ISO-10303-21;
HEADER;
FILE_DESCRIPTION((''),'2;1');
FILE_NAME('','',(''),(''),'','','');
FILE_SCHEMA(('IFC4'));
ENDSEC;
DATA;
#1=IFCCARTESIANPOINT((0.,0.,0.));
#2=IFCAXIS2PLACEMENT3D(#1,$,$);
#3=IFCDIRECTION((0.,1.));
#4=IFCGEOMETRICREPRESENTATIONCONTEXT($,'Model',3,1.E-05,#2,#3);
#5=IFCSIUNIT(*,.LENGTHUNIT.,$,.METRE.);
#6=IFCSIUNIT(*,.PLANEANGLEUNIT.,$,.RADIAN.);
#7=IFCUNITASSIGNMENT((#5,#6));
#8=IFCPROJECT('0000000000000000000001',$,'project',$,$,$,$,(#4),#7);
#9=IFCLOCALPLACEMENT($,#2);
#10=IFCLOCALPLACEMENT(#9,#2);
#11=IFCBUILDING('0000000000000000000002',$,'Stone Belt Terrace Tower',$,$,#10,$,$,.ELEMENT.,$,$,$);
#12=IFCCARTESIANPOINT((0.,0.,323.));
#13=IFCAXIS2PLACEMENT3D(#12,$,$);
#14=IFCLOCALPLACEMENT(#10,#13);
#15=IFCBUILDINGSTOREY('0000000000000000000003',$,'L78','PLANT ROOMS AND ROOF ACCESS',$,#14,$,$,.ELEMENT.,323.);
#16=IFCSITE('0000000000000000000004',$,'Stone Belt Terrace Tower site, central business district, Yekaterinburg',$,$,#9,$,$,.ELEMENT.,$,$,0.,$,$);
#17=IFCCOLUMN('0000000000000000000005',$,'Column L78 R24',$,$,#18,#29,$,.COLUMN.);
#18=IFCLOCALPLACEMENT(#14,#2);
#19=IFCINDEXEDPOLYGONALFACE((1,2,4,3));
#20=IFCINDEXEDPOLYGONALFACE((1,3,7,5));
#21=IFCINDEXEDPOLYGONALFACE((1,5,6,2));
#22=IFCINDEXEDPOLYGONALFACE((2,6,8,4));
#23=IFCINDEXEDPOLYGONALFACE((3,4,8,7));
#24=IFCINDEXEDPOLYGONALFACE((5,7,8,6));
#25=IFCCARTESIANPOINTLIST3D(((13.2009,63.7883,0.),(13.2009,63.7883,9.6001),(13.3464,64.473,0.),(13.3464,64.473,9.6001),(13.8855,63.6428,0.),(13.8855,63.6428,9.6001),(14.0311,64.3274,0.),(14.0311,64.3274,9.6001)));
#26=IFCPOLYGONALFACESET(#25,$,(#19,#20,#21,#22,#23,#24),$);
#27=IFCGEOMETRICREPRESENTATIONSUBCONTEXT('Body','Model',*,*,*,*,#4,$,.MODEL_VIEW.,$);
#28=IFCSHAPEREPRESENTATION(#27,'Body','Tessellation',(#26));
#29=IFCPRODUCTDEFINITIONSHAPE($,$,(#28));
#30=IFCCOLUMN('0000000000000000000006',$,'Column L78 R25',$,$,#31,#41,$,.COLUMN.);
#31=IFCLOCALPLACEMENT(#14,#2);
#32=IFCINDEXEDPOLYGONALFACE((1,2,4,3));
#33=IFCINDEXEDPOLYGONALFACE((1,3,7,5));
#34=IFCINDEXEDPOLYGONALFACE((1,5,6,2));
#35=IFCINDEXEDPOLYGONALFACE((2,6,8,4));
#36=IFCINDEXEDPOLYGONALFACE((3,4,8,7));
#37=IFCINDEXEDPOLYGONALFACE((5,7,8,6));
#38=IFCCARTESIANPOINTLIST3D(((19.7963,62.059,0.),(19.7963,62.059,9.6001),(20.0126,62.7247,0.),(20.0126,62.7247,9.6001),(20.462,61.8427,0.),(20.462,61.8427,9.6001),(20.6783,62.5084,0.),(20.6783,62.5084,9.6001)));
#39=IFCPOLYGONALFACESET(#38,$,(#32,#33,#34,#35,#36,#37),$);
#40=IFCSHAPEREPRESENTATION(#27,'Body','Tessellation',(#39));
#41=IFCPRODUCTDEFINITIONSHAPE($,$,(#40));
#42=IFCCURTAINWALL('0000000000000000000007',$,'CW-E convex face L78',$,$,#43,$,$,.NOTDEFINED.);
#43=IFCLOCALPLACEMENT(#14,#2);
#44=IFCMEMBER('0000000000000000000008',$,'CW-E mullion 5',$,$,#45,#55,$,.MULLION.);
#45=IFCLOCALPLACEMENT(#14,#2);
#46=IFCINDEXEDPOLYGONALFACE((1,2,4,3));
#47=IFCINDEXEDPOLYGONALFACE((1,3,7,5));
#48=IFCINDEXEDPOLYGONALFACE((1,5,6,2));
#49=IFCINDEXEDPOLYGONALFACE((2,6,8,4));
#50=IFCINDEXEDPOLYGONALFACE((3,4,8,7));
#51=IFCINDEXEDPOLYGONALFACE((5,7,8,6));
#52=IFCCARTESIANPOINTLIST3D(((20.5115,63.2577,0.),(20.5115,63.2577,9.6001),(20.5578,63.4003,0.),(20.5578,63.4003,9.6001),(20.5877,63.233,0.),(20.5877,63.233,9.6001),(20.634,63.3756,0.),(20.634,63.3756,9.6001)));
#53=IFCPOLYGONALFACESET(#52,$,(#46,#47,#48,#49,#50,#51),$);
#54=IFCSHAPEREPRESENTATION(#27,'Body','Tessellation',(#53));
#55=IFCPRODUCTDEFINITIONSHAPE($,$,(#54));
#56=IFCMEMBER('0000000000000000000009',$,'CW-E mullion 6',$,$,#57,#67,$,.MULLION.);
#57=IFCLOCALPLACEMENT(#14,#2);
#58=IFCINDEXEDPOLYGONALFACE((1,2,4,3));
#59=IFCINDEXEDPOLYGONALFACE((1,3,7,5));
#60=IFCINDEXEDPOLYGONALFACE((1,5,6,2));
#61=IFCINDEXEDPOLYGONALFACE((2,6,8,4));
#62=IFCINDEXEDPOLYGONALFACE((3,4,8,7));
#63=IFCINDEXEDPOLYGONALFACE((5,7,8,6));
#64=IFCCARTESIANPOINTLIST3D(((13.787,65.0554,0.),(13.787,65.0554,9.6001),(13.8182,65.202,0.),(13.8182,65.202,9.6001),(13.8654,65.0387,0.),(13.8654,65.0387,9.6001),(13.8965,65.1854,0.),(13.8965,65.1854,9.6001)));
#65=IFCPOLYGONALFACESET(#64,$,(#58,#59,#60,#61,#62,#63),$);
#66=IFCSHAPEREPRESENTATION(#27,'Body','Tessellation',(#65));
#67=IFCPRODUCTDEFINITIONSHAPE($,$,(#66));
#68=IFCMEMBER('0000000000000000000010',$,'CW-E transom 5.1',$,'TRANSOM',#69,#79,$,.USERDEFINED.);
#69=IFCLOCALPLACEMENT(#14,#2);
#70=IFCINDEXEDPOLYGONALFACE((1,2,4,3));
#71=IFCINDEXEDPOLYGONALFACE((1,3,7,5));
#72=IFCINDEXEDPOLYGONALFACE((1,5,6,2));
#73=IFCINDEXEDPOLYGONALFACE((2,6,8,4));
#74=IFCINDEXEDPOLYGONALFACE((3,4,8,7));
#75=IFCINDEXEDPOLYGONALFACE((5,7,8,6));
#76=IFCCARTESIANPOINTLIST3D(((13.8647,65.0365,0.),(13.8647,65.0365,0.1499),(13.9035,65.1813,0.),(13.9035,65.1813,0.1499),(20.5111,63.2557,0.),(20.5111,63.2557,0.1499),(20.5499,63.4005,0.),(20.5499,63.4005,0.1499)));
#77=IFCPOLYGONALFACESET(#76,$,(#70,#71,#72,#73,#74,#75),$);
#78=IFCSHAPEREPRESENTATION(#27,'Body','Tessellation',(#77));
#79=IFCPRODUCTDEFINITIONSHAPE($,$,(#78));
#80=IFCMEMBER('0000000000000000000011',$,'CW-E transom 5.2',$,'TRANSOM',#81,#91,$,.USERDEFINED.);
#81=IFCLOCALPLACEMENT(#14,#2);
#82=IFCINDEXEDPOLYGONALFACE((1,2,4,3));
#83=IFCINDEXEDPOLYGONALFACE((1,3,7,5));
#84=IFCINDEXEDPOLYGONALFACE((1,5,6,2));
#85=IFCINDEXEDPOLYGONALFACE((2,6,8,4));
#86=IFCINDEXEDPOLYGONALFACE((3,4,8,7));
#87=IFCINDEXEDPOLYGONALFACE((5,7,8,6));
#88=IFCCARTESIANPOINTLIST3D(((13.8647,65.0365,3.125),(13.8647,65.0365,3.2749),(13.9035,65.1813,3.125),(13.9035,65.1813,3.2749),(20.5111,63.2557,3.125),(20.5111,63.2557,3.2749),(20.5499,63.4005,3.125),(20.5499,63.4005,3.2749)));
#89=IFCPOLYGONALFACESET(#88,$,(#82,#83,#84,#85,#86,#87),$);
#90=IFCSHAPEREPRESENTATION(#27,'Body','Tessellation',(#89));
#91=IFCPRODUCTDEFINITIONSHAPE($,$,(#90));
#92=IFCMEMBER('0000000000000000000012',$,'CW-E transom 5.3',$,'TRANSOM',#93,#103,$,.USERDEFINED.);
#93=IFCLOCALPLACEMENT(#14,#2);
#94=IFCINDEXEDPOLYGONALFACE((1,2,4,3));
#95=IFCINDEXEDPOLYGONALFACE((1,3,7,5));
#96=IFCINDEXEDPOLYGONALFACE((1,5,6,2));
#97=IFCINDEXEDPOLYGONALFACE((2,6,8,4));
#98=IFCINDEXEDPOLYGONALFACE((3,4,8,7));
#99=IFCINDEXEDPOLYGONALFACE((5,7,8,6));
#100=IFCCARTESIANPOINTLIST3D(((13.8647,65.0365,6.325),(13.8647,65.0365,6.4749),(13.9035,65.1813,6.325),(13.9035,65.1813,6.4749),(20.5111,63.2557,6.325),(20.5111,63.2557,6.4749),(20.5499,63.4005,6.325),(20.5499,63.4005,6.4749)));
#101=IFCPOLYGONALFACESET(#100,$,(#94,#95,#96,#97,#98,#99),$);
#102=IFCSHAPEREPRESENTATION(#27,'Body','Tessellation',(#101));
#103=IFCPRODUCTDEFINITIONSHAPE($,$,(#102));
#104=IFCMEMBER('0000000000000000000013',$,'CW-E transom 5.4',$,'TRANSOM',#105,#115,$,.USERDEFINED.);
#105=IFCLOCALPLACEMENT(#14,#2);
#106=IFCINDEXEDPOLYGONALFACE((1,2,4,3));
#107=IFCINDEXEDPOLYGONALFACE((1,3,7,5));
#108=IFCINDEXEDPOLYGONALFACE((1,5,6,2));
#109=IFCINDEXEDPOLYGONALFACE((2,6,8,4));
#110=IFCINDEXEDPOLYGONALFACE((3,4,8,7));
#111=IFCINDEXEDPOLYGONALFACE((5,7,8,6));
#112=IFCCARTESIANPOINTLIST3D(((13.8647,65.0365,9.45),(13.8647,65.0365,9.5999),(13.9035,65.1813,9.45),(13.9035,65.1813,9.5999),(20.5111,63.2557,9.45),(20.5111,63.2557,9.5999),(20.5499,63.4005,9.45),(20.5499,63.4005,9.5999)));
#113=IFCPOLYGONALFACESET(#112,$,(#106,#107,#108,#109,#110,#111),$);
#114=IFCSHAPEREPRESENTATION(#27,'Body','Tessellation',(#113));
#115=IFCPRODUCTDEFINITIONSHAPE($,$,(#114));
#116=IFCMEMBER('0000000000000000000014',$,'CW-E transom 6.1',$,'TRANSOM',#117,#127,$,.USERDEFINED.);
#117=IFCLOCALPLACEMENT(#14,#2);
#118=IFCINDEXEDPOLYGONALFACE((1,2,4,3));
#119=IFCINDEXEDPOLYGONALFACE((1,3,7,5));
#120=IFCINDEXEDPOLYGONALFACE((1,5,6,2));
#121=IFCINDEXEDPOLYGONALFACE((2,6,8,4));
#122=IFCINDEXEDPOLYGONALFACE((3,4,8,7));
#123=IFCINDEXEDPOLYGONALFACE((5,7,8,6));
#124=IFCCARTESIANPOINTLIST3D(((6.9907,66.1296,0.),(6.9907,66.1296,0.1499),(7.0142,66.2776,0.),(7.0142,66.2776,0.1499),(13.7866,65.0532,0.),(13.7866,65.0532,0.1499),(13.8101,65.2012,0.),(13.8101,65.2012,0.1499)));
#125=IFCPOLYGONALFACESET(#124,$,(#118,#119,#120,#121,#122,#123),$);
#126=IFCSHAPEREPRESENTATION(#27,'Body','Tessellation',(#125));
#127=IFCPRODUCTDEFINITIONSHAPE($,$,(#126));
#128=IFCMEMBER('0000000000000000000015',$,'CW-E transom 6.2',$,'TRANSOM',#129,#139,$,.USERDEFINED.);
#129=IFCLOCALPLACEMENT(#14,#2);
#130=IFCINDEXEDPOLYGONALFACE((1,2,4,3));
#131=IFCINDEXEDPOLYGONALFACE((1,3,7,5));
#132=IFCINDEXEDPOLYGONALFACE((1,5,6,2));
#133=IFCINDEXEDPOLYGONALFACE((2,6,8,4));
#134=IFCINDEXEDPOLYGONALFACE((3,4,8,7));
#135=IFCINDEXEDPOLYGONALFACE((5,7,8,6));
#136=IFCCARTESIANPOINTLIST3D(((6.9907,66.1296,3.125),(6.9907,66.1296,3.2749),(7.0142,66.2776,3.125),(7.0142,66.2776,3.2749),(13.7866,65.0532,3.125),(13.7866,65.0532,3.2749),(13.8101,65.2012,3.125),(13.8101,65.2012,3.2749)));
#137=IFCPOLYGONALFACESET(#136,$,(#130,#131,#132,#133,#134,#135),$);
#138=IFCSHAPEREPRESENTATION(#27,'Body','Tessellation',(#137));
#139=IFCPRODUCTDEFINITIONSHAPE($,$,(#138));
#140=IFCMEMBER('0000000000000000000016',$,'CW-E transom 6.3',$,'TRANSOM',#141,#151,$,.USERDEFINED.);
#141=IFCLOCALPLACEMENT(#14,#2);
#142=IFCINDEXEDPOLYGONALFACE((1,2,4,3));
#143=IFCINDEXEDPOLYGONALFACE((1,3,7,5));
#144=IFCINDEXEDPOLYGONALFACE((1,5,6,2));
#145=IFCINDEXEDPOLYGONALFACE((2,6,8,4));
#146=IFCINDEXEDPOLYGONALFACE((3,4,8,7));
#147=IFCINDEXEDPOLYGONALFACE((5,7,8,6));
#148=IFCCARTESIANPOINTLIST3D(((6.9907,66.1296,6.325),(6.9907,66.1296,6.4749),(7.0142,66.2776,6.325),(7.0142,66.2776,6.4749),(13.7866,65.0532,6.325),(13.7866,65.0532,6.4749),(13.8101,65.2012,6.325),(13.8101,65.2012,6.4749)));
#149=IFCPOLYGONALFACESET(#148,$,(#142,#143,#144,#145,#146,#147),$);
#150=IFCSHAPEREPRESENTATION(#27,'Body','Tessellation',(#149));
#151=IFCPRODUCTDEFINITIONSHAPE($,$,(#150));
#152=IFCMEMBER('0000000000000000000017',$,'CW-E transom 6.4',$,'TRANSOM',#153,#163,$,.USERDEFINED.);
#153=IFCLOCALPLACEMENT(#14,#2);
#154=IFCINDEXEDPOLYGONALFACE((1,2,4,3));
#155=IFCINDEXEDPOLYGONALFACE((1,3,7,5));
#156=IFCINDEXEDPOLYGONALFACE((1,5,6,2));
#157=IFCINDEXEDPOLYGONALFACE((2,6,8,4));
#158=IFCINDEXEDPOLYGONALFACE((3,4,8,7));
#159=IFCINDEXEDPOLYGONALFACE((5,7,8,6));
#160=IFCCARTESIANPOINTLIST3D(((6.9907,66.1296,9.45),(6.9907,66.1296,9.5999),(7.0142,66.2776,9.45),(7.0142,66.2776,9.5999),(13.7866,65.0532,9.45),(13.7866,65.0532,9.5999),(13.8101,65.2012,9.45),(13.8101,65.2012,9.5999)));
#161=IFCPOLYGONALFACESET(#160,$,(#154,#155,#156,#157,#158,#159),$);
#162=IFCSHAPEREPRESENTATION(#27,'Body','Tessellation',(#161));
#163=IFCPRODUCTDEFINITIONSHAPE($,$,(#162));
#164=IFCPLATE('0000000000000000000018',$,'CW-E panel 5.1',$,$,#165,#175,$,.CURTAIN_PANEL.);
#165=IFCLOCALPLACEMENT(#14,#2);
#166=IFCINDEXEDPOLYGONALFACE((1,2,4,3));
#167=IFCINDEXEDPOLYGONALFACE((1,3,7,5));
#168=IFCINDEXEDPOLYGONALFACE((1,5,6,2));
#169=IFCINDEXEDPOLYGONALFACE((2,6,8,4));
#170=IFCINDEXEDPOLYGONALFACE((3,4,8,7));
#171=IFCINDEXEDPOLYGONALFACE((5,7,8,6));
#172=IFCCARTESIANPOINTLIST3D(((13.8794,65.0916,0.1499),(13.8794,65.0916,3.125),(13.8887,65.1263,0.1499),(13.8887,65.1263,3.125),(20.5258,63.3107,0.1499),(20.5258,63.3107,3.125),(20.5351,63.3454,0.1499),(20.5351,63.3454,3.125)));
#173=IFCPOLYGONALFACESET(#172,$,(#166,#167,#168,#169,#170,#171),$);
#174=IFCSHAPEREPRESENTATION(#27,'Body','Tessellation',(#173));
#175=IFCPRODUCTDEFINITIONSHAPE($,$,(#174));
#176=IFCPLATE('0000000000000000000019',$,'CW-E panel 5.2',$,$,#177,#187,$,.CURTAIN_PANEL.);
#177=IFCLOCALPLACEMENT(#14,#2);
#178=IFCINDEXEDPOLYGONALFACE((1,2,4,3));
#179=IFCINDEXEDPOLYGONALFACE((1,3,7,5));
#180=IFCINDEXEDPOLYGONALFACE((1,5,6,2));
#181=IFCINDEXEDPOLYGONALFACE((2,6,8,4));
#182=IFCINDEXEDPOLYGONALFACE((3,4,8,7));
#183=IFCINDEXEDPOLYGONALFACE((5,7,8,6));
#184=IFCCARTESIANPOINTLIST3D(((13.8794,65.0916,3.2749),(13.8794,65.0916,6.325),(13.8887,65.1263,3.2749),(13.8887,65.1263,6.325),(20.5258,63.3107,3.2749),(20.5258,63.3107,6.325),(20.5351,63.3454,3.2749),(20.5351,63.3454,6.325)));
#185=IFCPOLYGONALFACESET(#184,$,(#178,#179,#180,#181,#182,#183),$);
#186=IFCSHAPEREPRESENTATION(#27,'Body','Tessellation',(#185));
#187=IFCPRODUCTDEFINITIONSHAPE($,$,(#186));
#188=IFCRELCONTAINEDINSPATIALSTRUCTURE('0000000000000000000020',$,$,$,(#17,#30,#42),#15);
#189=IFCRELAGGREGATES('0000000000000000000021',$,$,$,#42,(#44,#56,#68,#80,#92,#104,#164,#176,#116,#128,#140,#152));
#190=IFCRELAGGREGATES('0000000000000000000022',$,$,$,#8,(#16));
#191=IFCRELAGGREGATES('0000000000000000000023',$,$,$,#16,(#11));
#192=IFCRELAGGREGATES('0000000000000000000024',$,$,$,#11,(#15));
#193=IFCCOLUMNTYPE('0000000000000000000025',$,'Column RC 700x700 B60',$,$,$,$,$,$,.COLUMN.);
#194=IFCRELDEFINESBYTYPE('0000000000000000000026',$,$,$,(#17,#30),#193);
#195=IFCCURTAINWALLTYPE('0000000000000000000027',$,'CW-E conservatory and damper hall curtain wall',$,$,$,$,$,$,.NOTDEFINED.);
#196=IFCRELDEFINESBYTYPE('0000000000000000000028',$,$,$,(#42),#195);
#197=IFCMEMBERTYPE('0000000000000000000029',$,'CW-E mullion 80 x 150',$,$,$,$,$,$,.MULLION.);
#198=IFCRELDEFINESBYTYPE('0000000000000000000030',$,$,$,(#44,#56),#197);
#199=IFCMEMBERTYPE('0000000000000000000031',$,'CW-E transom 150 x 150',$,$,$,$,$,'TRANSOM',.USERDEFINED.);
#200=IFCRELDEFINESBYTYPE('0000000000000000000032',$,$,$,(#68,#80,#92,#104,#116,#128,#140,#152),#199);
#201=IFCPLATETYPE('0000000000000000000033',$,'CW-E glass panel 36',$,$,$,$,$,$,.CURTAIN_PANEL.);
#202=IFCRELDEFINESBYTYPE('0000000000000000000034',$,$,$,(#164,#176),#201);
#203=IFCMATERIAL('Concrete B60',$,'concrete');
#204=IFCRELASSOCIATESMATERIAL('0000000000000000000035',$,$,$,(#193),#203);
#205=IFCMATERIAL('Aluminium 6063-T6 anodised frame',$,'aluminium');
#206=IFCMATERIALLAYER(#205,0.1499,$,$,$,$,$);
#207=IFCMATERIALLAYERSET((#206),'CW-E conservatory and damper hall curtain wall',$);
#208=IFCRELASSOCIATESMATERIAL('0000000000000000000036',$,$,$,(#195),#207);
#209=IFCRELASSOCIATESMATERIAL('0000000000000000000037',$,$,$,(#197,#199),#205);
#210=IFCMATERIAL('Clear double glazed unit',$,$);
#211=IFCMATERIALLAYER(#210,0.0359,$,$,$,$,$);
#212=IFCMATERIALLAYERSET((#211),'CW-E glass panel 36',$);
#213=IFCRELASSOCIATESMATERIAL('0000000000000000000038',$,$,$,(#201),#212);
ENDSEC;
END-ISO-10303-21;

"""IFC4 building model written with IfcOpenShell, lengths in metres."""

from ifc_helpers import new_model, si_unit, direction, frame, origin, origin_2d, place, context, subcontext, project, spatial, rectangle, extrude, material, layer, layer_set, material_profile, profile_set, type_object, element, aggregate, save


model = new_model("IFC4")

# Units and contexts
model_context = context("Model", 3, precision=1e-05, world=origin(), true_north=direction((0.0, 1.0)))
body_context = subcontext(model_context, "Body", "Model", "MODEL_VIEW")
ifc_project = project(units=[si_unit("LENGTHUNIT", "METRE"), si_unit("PLANEANGLEUNIT", "RADIAN")], contexts=[model_context])

# Site, building, storey
site_placement = place(None, origin())
site = spatial("IfcSite", under=ifc_project, at=site_placement, Name="Stone Belt Terrace Tower site, central business district, Yekaterinburg", CompositionType="ELEMENT", RefElevation=0.0)
building_placement = place(site_placement, origin())
building = spatial("IfcBuilding", under=site, at=building_placement, Name="Stone Belt Terrace Tower", CompositionType="ELEMENT")
storey_placement = place(building_placement, frame((0.0, 0.0, 323.0)))
storey = spatial("IfcBuildingStorey", under=building, at=storey_placement, Name="L78", Description="PLANT ROOMS AND ROOF ACCESS", CompositionType="ELEMENT", Elevation=323.0)

# Columns
ifc_material_1 = material(Name="Concrete B60", Category="concrete")
ifc_material_profile_1 = material_profile(ifc_material_1, rectangle(XDim=0.7, YDim=0.7, at=origin_2d()), Name="RC 700x700")
ifc_profile_set_1 = profile_set([ifc_material_profile_1], Name="Concrete B60")
column_type = type_object("IfcColumnType", Name="Column RC 700x700 B60", PredefinedType="COLUMN", material=ifc_profile_set_1)
for number, where, z_axis, x_axis, name in (
    (1, (13.616, 64.0579, 0.0), (0.0, 0.0, 1.0), (0.978148, -0.207912, 0.0), "Column L78 R24"),
    (2, (20.2373, 62.2837, 0.0), (0.0, 0.0, 1.0), (0.951057, -0.309017, 0.0), "Column L78 R25"),
):
    element("IfcColumn", number, at=place(storey_placement, frame(where, z_axis=z_axis, x_axis=x_axis)), inside=storey, type_object=column_type, Name=name, PredefinedType="COLUMN", context=body_context, shape_type="SweptSolid", body=[
        extrude(rectangle(XDim=0.7, YDim=0.7, at=origin_2d()), origin(), (0.0, 0.0, 1.0), 9.6001),
    ])

# Curtain wall, members, plates
ifc_material_2 = material(Name="Aluminium 6063-T6 anodised frame", Category="aluminium")
ifc_layer_1 = layer(ifc_material_2, 0.1499)
ifc_layer_set_1 = layer_set([ifc_layer_1], Name="CW-E conservatory and damper hall curtain wall")
curtain_wall_type = type_object("IfcCurtainWallType", Name="CW-E conservatory and damper hall curtain wall", PredefinedType="NOTDEFINED", material=ifc_layer_set_1)
curtain_wall_placement = place(storey_placement, origin())
curtain_wall = element("IfcCurtainWall", 3, at=curtain_wall_placement, inside=storey, type_object=curtain_wall_type, Name="CW-E convex face L78", PredefinedType="NOTDEFINED")
ifc_material_profile_2 = material_profile(ifc_material_2, rectangle(XDim=0.1499, YDim=0.0801, at=origin_2d()), Name="Aluminium 6063-T6 80x150")
ifc_profile_set_2 = profile_set([ifc_material_profile_2], Name="Aluminium 6063-T6 anodised frame")
member_type_1 = type_object("IfcMemberType", Name="CW-E mullion 80 x 150", PredefinedType="MULLION", material=ifc_profile_set_2)
member_1_placement = place(storey_placement, frame((20.5728, 63.3167, 0.0), z_axis=(0.0, 0.0, 1.0), x_axis=(-0.309017, -0.951057, 0.0)))
member_1 = element("IfcMember", 4, at=member_1_placement, type_object=member_type_1, Name="CW-E mullion 5", PredefinedType="MULLION", context=body_context, shape_type="SweptSolid", body=[
    extrude(rectangle(XDim=0.1499, YDim=0.0801, at=origin_2d()), origin(), (0.0, 0.0, 1.0), 9.6001),
])
member_2_placement = place(storey_placement, frame((13.8418, 65.1204, 0.0), z_axis=(0.0, 0.0, 1.0), x_axis=(-0.207912, -0.978148, 0.0)))
member_2 = element("IfcMember", 5, at=member_2_placement, type_object=member_type_1, Name="CW-E mullion 6", PredefinedType="MULLION", context=body_context, shape_type="SweptSolid", body=[
    extrude(rectangle(XDim=0.1499, YDim=0.0801, at=origin_2d()), origin(), (0.0, 0.0, 1.0), 9.6001),
])
ifc_material_profile_3 = material_profile(ifc_material_2, rectangle(XDim=0.1499, YDim=0.1499, at=origin_2d()), Name="Aluminium 6063-T6 150x150")
ifc_profile_set_3 = profile_set([ifc_material_profile_3], Name="Aluminium 6063-T6 anodised frame")
member_type_2 = type_object("IfcMemberType", Name="CW-E transom 150 x 150", ElementType="TRANSOM", PredefinedType="USERDEFINED", material=ifc_profile_set_3)
member_3_placement = place(storey_placement, frame((20.5305, 63.3281, 0.075), z_axis=(-0.965932, 0.258798, 0.0), x_axis=(-0.258798, -0.965932, 0.0)))
member_3 = element("IfcMember", 6, at=member_3_placement, type_object=member_type_2, Name="CW-E transom 5.1", ObjectType="TRANSOM", PredefinedType="USERDEFINED", context=body_context, shape_type="SweptSolid", body=[
    extrude(rectangle(XDim=0.1499, YDim=0.1499, at=origin_2d()), origin(), (0.0, 0.0, 1.0), 6.8809),
])
member_4_placement = place(storey_placement, frame((20.5305, 63.3281, 3.2), z_axis=(-0.965932, 0.258798, 0.0), x_axis=(-0.258798, -0.965932, 0.0)))
member_4 = element("IfcMember", 7, at=member_4_placement, type_object=member_type_2, Name="CW-E transom 5.2", ObjectType="TRANSOM", PredefinedType="USERDEFINED", context=body_context, shape_type="SweptSolid", body=[
    extrude(rectangle(XDim=0.1499, YDim=0.1499, at=origin_2d()), origin(), (0.0, 0.0, 1.0), 6.8809),
])
member_5_placement = place(storey_placement, frame((20.5305, 63.3281, 6.3999), z_axis=(-0.965932, 0.258798, 0.0), x_axis=(-0.258798, -0.965932, 0.0)))
member_5 = element("IfcMember", 8, at=member_5_placement, type_object=member_type_2, Name="CW-E transom 5.3", ObjectType="TRANSOM", PredefinedType="USERDEFINED", context=body_context, shape_type="SweptSolid", body=[
    extrude(rectangle(XDim=0.1499, YDim=0.1499, at=origin_2d()), origin(), (0.0, 0.0, 1.0), 6.8809),
])
member_6_placement = place(storey_placement, frame((20.5305, 63.3281, 9.5249), z_axis=(-0.965932, 0.258798, 0.0), x_axis=(-0.258798, -0.965932, 0.0)))
member_6 = element("IfcMember", 9, at=member_6_placement, type_object=member_type_2, Name="CW-E transom 5.4", ObjectType="TRANSOM", PredefinedType="USERDEFINED", context=body_context, shape_type="SweptSolid", body=[
    extrude(rectangle(XDim=0.1499, YDim=0.1499, at=origin_2d()), origin(), (0.0, 0.0, 1.0), 6.8809),
])
member_7_placement = place(storey_placement, frame((13.7983, 65.1272, 0.075), z_axis=(-0.987687, 0.156442, 0.0), x_axis=(-0.156442, -0.987687, 0.0)))
member_7 = element("IfcMember", 10, at=member_7_placement, type_object=member_type_2, Name="CW-E transom 6.1", ObjectType="TRANSOM", PredefinedType="USERDEFINED", context=body_context, shape_type="SweptSolid", body=[
    extrude(rectangle(XDim=0.1499, YDim=0.1499, at=origin_2d()), origin(), (0.0, 0.0, 1.0), 6.8806),
])
member_8_placement = place(storey_placement, frame((13.7983, 65.1272, 3.2), z_axis=(-0.987687, 0.156442, 0.0), x_axis=(-0.156442, -0.987687, 0.0)))
member_8 = element("IfcMember", 11, at=member_8_placement, type_object=member_type_2, Name="CW-E transom 6.2", ObjectType="TRANSOM", PredefinedType="USERDEFINED", context=body_context, shape_type="SweptSolid", body=[
    extrude(rectangle(XDim=0.1499, YDim=0.1499, at=origin_2d()), origin(), (0.0, 0.0, 1.0), 6.8806),
])
member_9_placement = place(storey_placement, frame((13.7983, 65.1272, 6.3999), z_axis=(-0.987687, 0.156442, 0.0), x_axis=(-0.156442, -0.987687, 0.0)))
member_9 = element("IfcMember", 12, at=member_9_placement, type_object=member_type_2, Name="CW-E transom 6.3", ObjectType="TRANSOM", PredefinedType="USERDEFINED", context=body_context, shape_type="SweptSolid", body=[
    extrude(rectangle(XDim=0.1499, YDim=0.1499, at=origin_2d()), origin(), (0.0, 0.0, 1.0), 6.8806),
])
member_10_placement = place(storey_placement, frame((13.7983, 65.1272, 9.5249), z_axis=(-0.987687, 0.156442, 0.0), x_axis=(-0.156442, -0.987687, 0.0)))
member_10 = element("IfcMember", 13, at=member_10_placement, type_object=member_type_2, Name="CW-E transom 6.4", ObjectType="TRANSOM", PredefinedType="USERDEFINED", context=body_context, shape_type="SweptSolid", body=[
    extrude(rectangle(XDim=0.1499, YDim=0.1499, at=origin_2d()), origin(), (0.0, 0.0, 1.0), 6.8806),
])
ifc_material_3 = material(Name="Clear double glazed unit")
ifc_layer_2 = layer(ifc_material_3, 0.0359)
ifc_layer_set_2 = layer_set([ifc_layer_2], Name="CW-E glass panel 36")
plate_type = type_object("IfcPlateType", Name="CW-E glass panel 36", PredefinedType="CURTAIN_PANEL", material=ifc_layer_set_2)
plate_1_placement = place(storey_placement, frame((17.2073, 64.2185, 0.1499), z_axis=(0.0, 0.0, 1.0), x_axis=(-0.965926, 0.258819, 0.0)))
plate_1 = element("IfcPlate", 14, at=plate_1_placement, type_object=plate_type, Name="CW-E panel 5.1", PredefinedType="CURTAIN_PANEL", context=body_context, shape_type="SweptSolid", body=[
    extrude(rectangle(XDim=6.8809, YDim=0.0359, at=origin_2d()), origin(), (0.0, 0.0, 1.0), 2.9751),
])
plate_2_placement = place(storey_placement, frame((17.2073, 64.2185, 3.2749), z_axis=(0.0, 0.0, 1.0), x_axis=(-0.965926, 0.258819, 0.0)))
plate_2 = element("IfcPlate", 15, at=plate_2_placement, type_object=plate_type, Name="CW-E panel 5.2", PredefinedType="CURTAIN_PANEL", context=body_context, shape_type="SweptSolid", body=[
    extrude(rectangle(XDim=6.8809, YDim=0.0359, at=origin_2d()), origin(), (0.0, 0.0, 1.0), 3.05),
])
aggregate(curtain_wall, [member_1, member_2, member_3, member_4, member_5, member_6, plate_1, plate_2, member_7, member_8, member_9, member_10])

save(model, "model.ifc")
